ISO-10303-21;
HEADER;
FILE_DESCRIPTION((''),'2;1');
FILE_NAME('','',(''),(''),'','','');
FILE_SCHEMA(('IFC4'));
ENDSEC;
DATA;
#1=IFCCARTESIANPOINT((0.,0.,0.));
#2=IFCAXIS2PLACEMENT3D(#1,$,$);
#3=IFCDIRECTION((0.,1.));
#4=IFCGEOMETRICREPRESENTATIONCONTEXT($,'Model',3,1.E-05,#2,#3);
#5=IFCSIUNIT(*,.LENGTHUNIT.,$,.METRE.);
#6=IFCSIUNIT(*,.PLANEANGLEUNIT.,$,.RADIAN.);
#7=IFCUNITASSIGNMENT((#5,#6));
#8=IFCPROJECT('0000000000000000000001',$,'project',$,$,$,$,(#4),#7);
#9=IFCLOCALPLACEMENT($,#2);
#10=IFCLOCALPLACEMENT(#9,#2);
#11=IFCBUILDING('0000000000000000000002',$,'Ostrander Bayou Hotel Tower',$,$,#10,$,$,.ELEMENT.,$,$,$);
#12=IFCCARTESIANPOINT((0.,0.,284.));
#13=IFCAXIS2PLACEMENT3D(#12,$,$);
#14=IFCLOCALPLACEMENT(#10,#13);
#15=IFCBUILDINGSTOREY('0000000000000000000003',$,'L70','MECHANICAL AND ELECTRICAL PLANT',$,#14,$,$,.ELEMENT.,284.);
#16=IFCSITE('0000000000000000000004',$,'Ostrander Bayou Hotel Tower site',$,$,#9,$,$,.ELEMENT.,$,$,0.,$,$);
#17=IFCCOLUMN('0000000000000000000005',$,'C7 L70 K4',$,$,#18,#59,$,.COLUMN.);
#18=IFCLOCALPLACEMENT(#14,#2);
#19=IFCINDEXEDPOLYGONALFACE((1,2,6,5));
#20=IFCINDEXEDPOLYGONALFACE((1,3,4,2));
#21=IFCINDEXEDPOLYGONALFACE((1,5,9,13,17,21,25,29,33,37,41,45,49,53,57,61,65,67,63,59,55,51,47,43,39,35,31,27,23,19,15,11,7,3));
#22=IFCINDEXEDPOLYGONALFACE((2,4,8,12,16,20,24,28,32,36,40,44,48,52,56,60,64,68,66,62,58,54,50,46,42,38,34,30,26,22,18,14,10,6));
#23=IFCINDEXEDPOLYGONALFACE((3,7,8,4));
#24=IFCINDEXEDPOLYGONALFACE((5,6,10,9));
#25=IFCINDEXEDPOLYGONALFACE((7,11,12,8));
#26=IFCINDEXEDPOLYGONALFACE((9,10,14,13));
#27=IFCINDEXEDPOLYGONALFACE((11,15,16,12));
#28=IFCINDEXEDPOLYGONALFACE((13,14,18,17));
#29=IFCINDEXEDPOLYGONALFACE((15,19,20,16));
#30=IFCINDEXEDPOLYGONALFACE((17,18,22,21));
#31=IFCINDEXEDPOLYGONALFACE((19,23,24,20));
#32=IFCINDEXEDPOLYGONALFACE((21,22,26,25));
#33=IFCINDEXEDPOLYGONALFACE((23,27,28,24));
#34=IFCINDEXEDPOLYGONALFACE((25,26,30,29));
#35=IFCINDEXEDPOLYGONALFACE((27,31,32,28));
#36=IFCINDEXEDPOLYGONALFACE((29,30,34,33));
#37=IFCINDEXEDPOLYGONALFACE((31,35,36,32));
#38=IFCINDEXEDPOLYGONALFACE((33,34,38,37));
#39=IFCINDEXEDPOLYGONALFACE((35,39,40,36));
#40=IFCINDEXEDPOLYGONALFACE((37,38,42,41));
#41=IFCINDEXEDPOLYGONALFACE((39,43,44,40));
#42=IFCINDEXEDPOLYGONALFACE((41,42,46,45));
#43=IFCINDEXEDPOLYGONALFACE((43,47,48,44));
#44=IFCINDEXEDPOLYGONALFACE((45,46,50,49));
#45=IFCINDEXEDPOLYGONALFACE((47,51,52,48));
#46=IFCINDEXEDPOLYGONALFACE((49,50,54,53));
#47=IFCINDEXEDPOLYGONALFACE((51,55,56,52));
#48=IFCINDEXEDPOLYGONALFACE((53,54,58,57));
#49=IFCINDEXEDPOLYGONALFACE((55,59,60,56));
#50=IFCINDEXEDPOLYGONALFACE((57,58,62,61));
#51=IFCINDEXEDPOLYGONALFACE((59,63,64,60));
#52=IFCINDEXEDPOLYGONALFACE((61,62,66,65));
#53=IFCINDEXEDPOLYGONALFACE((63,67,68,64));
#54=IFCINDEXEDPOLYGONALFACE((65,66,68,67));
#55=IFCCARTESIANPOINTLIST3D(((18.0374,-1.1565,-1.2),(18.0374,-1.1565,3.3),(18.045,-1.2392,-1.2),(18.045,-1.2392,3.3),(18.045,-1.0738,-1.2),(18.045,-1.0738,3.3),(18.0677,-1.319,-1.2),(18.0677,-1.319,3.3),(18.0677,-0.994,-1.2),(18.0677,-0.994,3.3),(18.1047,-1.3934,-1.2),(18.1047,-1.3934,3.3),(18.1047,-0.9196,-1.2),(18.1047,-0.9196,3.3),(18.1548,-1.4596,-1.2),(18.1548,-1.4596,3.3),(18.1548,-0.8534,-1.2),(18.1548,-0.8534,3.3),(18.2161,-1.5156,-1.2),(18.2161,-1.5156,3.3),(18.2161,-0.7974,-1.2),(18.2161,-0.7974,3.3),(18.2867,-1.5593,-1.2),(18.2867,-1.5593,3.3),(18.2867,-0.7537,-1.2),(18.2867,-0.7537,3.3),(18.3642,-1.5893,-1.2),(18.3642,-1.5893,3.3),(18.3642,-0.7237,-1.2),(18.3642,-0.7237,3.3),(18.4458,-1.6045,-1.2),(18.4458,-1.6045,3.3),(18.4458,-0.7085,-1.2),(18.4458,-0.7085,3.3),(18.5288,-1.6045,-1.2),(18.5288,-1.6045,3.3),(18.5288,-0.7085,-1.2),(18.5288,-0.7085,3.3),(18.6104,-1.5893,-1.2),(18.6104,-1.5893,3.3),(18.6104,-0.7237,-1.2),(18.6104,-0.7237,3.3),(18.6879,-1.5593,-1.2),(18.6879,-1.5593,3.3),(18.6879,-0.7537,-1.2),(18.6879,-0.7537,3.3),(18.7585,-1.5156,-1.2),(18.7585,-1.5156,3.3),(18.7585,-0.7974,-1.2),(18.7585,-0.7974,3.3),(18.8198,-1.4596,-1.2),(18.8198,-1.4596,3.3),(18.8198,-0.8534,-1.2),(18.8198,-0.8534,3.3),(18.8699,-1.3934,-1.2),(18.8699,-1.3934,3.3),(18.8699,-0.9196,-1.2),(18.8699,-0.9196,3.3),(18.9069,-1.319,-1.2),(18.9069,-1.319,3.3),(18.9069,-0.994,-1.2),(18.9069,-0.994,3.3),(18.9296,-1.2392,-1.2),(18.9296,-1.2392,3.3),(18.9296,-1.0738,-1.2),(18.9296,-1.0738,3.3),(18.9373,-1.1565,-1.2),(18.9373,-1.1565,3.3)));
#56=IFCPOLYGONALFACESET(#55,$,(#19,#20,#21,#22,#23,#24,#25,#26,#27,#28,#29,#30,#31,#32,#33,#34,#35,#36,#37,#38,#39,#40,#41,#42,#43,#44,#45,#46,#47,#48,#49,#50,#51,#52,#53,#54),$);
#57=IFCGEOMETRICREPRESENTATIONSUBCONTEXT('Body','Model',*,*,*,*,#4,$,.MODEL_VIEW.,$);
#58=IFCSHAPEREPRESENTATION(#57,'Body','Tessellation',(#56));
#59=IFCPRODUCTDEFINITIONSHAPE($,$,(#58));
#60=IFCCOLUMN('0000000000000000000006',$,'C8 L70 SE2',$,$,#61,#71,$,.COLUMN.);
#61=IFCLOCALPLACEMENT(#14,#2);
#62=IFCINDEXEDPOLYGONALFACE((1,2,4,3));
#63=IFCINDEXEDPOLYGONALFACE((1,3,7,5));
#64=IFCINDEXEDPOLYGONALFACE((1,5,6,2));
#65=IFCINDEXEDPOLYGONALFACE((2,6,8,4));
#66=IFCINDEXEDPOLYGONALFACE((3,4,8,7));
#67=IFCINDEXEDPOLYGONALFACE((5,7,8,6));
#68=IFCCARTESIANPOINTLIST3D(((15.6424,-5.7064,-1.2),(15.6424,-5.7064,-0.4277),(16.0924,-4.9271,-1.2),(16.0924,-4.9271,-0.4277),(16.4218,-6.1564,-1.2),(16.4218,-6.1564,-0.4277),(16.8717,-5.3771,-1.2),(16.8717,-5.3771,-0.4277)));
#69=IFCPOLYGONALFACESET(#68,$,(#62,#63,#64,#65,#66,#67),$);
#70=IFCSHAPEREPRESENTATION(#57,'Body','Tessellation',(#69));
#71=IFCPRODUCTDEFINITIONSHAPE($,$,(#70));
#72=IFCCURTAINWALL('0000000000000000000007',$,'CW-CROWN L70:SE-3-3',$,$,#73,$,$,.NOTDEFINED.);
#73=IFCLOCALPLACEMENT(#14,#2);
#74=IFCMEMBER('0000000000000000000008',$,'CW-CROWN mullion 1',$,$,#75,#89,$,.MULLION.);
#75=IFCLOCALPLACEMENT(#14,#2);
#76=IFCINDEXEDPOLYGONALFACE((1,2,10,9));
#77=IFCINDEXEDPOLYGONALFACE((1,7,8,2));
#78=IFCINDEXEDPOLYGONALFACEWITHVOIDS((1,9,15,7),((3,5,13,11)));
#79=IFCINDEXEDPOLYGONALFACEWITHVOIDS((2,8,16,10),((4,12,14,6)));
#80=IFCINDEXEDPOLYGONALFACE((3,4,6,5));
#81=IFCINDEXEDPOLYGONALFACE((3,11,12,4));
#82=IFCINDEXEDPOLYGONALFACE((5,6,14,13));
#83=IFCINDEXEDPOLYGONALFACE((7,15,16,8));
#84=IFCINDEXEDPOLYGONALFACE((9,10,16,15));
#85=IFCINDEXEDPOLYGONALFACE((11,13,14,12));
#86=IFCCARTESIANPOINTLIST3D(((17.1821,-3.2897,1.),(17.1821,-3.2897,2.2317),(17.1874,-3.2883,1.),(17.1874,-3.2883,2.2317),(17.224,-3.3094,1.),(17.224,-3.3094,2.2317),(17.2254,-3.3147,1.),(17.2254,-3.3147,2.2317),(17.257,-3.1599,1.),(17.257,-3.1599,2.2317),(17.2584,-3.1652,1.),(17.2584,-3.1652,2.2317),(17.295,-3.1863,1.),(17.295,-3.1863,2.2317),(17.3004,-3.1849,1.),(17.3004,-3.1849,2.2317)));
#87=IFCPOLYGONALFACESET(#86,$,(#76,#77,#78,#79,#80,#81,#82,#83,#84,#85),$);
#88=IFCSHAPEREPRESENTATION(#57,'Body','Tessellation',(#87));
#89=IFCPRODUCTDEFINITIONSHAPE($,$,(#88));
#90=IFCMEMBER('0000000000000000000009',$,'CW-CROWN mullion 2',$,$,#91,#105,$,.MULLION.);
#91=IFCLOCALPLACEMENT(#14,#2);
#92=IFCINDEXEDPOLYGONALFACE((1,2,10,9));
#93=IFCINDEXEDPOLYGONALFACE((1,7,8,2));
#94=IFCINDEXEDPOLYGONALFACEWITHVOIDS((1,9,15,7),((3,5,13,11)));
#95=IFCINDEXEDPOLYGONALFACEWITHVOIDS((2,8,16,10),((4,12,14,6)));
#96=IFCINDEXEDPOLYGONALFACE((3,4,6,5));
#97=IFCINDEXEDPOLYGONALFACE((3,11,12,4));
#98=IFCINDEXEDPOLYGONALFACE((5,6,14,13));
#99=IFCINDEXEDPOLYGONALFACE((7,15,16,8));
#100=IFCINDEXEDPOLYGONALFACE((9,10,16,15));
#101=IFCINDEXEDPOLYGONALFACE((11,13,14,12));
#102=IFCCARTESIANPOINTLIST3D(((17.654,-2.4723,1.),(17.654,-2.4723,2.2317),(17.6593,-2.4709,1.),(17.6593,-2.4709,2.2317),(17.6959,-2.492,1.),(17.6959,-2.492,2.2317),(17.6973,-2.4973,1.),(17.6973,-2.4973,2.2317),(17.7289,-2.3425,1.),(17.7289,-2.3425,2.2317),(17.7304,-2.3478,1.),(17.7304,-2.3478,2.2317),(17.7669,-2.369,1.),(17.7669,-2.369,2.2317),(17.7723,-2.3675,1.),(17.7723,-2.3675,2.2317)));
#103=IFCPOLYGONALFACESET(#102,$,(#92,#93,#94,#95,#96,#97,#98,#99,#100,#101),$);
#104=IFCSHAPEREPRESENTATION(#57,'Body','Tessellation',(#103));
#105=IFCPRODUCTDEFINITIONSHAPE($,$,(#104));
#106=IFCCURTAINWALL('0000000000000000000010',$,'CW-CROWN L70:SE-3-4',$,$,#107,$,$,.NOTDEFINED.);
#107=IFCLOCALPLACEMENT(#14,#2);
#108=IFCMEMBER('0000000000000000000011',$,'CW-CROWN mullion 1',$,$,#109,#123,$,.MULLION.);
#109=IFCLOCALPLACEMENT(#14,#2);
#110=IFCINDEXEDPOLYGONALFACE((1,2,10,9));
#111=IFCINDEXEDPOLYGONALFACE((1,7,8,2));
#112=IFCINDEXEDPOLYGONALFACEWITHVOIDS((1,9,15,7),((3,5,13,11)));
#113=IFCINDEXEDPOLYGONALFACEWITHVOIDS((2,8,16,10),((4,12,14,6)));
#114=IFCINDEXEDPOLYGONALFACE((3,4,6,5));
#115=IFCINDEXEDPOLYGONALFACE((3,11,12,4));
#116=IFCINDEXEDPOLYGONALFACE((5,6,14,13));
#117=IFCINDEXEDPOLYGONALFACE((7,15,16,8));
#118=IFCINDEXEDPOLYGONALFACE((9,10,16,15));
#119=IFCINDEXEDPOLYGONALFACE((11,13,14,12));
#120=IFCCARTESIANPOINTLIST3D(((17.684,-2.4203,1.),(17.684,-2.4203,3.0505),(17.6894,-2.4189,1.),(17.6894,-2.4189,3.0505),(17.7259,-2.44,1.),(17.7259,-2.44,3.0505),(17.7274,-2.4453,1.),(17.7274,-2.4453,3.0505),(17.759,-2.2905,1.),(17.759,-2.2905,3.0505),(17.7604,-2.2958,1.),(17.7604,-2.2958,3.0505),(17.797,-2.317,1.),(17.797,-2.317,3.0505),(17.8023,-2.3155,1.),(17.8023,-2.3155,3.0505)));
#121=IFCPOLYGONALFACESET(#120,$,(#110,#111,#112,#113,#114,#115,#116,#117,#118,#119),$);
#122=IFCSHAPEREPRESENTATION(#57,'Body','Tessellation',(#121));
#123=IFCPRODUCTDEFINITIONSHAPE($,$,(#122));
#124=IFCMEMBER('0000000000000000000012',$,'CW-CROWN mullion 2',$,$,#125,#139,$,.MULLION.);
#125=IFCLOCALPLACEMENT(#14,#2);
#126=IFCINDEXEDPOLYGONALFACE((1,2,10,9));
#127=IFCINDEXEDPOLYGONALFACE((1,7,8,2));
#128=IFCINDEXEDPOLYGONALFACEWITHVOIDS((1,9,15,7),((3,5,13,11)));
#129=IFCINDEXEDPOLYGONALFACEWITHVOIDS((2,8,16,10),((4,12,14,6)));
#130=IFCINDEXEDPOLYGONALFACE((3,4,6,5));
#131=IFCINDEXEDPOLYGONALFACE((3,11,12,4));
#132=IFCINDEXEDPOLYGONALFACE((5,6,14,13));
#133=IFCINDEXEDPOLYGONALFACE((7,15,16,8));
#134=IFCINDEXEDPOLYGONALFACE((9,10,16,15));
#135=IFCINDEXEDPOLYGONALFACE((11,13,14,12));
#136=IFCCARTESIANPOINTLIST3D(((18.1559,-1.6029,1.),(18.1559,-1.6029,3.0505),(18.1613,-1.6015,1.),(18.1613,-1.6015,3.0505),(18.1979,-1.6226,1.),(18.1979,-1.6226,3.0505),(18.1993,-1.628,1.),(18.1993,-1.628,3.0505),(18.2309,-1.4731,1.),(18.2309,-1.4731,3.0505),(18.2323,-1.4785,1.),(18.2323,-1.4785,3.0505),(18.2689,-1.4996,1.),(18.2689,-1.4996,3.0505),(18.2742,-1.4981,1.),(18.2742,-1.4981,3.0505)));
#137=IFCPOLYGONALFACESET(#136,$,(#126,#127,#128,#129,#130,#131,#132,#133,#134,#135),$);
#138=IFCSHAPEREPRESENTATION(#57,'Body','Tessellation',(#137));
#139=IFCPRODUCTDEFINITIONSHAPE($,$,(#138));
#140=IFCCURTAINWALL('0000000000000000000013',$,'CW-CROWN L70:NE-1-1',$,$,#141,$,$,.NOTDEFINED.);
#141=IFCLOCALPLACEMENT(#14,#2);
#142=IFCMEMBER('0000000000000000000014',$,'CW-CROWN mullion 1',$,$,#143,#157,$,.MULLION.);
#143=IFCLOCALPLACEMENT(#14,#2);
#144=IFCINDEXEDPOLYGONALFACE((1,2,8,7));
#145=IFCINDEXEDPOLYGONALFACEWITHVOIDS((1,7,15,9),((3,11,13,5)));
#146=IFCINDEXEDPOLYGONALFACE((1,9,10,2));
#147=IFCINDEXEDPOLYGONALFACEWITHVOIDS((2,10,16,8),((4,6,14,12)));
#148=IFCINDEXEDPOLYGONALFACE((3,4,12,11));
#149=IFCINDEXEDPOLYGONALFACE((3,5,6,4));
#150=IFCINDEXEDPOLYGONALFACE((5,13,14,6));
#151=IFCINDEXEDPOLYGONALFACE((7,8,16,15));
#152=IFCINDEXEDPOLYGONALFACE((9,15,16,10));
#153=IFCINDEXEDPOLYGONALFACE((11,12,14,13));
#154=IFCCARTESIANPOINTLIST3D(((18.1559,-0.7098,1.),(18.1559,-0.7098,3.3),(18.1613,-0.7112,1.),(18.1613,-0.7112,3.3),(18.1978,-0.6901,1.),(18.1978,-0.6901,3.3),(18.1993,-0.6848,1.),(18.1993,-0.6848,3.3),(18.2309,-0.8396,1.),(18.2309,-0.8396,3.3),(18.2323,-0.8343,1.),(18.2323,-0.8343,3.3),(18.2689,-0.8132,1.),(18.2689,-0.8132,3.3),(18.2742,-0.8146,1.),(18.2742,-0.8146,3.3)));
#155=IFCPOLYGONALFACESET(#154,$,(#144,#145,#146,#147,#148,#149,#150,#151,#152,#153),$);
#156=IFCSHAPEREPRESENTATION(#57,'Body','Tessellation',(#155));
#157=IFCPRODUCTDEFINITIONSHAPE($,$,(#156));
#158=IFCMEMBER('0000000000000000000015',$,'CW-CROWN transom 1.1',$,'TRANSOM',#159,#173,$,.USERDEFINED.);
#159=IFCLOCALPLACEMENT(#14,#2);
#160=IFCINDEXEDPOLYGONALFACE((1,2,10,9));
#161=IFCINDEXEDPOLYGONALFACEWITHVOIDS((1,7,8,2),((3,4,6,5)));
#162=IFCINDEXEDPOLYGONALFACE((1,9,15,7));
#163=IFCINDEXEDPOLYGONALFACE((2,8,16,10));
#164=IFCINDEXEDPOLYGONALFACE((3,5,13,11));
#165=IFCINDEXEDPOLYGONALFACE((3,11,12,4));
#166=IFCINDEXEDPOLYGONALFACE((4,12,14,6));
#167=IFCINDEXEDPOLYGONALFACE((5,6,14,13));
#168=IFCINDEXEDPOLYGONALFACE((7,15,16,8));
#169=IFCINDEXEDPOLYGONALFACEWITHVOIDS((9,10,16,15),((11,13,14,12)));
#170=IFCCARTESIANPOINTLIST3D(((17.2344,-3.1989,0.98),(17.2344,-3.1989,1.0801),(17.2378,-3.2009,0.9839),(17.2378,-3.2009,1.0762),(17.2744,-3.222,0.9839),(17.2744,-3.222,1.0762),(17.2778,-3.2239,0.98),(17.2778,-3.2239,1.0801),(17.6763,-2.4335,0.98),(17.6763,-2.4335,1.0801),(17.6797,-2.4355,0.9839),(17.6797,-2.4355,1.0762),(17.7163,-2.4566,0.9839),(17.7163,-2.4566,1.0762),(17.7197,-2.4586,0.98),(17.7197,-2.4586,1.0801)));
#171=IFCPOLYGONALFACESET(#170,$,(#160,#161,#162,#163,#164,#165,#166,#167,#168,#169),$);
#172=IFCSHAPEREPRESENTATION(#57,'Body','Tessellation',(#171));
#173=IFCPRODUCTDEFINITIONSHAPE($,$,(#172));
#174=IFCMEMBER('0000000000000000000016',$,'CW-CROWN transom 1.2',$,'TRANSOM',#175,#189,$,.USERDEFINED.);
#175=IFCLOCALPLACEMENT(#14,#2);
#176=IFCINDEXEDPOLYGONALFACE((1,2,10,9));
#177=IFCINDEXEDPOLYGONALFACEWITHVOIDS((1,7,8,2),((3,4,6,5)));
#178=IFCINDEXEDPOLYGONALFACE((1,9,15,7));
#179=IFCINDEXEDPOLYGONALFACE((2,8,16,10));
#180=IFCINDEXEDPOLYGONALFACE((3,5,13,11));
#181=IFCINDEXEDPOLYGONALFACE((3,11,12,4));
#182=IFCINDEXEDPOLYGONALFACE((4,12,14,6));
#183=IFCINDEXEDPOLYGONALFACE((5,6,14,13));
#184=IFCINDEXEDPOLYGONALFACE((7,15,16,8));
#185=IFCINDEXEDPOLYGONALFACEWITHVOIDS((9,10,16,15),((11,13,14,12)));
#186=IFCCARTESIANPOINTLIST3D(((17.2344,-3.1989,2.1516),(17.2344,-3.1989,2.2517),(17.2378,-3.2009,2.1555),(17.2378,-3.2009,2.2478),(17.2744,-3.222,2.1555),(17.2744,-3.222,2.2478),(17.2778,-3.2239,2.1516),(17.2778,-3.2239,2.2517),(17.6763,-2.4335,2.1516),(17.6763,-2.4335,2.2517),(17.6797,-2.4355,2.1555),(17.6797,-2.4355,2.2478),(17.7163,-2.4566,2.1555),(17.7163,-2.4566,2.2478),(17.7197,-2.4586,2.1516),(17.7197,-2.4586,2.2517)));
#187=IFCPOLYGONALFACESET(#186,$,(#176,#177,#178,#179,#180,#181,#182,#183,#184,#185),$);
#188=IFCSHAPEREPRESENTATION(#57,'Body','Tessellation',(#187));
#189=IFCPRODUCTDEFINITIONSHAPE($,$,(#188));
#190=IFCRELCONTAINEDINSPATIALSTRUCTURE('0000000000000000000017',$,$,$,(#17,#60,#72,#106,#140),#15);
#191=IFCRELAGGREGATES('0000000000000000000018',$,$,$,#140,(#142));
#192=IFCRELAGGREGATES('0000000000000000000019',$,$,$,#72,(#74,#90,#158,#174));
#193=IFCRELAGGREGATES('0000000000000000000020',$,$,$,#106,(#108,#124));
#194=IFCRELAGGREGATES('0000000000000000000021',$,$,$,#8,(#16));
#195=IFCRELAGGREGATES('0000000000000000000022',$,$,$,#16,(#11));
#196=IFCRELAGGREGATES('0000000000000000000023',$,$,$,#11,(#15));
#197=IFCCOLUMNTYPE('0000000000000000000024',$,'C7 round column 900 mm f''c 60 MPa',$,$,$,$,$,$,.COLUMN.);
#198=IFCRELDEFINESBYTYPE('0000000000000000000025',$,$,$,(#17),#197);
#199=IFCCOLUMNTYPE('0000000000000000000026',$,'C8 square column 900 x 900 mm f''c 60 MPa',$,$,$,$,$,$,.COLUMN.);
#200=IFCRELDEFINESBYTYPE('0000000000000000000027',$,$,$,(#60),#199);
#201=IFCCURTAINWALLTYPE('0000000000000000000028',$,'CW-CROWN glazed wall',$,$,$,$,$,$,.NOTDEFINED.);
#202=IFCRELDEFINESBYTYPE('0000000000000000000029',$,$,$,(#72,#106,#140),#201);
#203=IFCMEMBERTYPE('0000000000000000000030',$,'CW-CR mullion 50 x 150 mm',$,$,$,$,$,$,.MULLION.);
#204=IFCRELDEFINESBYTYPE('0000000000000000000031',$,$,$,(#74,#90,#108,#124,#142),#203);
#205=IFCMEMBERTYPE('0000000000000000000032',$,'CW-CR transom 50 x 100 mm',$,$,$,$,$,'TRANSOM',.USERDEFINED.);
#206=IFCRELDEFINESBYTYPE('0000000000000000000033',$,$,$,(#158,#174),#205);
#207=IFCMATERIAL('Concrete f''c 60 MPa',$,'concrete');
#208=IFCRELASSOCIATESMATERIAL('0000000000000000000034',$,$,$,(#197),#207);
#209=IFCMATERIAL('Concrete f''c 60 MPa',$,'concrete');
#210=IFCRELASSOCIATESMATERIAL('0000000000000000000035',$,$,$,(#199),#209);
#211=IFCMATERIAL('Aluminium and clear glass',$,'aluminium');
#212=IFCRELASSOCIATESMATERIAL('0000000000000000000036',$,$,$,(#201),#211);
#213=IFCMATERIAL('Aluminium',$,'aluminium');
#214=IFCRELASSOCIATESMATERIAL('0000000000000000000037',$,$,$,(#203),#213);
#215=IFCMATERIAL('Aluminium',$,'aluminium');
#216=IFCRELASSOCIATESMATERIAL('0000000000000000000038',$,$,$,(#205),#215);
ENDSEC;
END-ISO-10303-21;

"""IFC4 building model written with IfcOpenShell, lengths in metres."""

from ifc_helpers import new_model, si_unit, direction, frame, origin, origin_2d, place, context, subcontext, project, spatial, rectangle, hollow_rectangle, circle, extrude, material, material_profile, profile_set, type_object, element, aggregate, save


model = new_model("IFC4")

# Units and contexts
model_context = context("Model", 3, precision=1e-05, world=origin(), true_north=direction((0.0, 1.0)))
body_context = subcontext(model_context, "Body", "Model", "MODEL_VIEW")
ifc_project = project(units=[si_unit("LENGTHUNIT", "METRE"), si_unit("PLANEANGLEUNIT", "RADIAN")], contexts=[model_context])

# Site, building, storey
site_placement = place(None, origin())
site = spatial("IfcSite", under=ifc_project, at=site_placement, Name="Ostrander Bayou Hotel Tower site", CompositionType="ELEMENT", RefElevation=0.0)
building_placement = place(site_placement, origin())
building = spatial("IfcBuilding", under=site, at=building_placement, Name="Ostrander Bayou Hotel Tower", CompositionType="ELEMENT")
storey_placement = place(building_placement, frame((0.0, 0.0, 284.0)))
storey = spatial("IfcBuildingStorey", under=building, at=storey_placement, Name="L70", Description="MECHANICAL AND ELECTRICAL PLANT", CompositionType="ELEMENT", Elevation=284.0)

# Columns
ifc_material_1 = material(Name="Concrete f'c 60 MPa", Category="concrete")
ifc_material_profile_1 = material_profile(ifc_material_1, circle(Radius=0.45, at=origin_2d()))
ifc_profile_set_1 = profile_set([ifc_material_profile_1], Name="Concrete f'c 60 MPa")
column_type_1 = type_object("IfcColumnType", Name="C7 round column 900 mm f'c 60 MPa", PredefinedType="COLUMN", material=ifc_profile_set_1)
column_1_placement = place(storey_placement, frame((18.4873, -1.1565, -1.2), z_axis=(0.0, 0.0, 1.0), x_axis=(1.0, 0.0, 0.0)))
element("IfcColumn", 1, at=column_1_placement, inside=storey, type_object=column_type_1, Name="C7 L70 K4", PredefinedType="COLUMN", context=body_context, shape_type="SweptSolid", body=[
    extrude(circle(Radius=0.45, at=origin_2d()), origin(), (0.0, 0.0, 1.0), 4.5),
])
ifc_material_2 = material(Name="Concrete f'c 60 MPa", Category="concrete")
ifc_material_profile_2 = material_profile(ifc_material_2, rectangle(XDim=0.8999, YDim=0.8999, at=origin_2d()))
ifc_profile_set_2 = profile_set([ifc_material_profile_2], Name="Concrete f'c 60 MPa")
column_type_2 = type_object("IfcColumnType", Name="C8 square column 900 x 900 mm f'c 60 MPa", PredefinedType="COLUMN", material=ifc_profile_set_2)
column_2_placement = place(storey_placement, frame((16.2571, -5.5417, -1.2), z_axis=(0.0, 0.0, 1.0), x_axis=(-0.5, -0.866025, 0.0)))
element("IfcColumn", 2, at=column_2_placement, inside=storey, type_object=column_type_2, Name="C8 L70 SE2", PredefinedType="COLUMN", context=body_context, shape_type="SweptSolid", body=[
    extrude(rectangle(XDim=0.8999, YDim=0.8999, at=origin_2d()), origin(), (0.0, 0.0, 1.0), 0.7722),
])

# Curtain walls, members
ifc_material_3 = material(Name="Aluminium and clear glass", Category="aluminium")
curtain_wall_type = type_object("IfcCurtainWallType", Name="CW-CROWN glazed wall", PredefinedType="NOTDEFINED", material=ifc_material_3)
curtain_wall_1_placement = place(storey_placement, origin())
curtain_wall_1 = element("IfcCurtainWall", 3, at=curtain_wall_1_placement, inside=storey, type_object=curtain_wall_type, Name="CW-CROWN L70:SE-3-3", PredefinedType="NOTDEFINED")
ifc_material_4 = material(Name="Aluminium", Category="aluminium")
ifc_material_profile_3 = material_profile(ifc_material_4, hollow_rectangle(XDim=0.05, YDim=0.1499, WallThickness=0.0039, at=origin_2d()))
ifc_profile_set_3 = profile_set([ifc_material_profile_3], Name="Aluminium")
member_type_1 = type_object("IfcMemberType", Name="CW-CR mullion 50 x 150 mm", PredefinedType="MULLION", material=ifc_profile_set_3)
member_1_placement = place(storey_placement, frame((17.2412, -3.2373, 1.0), z_axis=(0.0, 0.0, 1.0), x_axis=(-0.866021, 0.500007, 0.0)))
member_1 = element("IfcMember", 4, at=member_1_placement, type_object=member_type_1, Name="CW-CROWN mullion 1", PredefinedType="MULLION", context=body_context, shape_type="SweptSolid", body=[
    extrude(hollow_rectangle(XDim=0.05, YDim=0.1499, WallThickness=0.0039, at=origin_2d()), origin(), (0.0, 0.0, 1.0), 1.2317),
])
member_2_placement = place(storey_placement, frame((17.7131, -2.4199, 1.0), z_axis=(0.0, 0.0, 1.0), x_axis=(-0.866021, 0.500007, 0.0)))
member_2 = element("IfcMember", 5, at=member_2_placement, type_object=member_type_1, Name="CW-CROWN mullion 2", PredefinedType="MULLION", context=body_context, shape_type="SweptSolid", body=[
    extrude(hollow_rectangle(XDim=0.05, YDim=0.1499, WallThickness=0.0039, at=origin_2d()), origin(), (0.0, 0.0, 1.0), 1.2317),
])
curtain_wall_2_placement = place(storey_placement, origin())
curtain_wall_2 = element("IfcCurtainWall", 6, at=curtain_wall_2_placement, inside=storey, type_object=curtain_wall_type, Name="CW-CROWN L70:SE-3-4", PredefinedType="NOTDEFINED")
member_3_placement = place(storey_placement, frame((17.7432, -2.3679, 1.0), z_axis=(0.0, 0.0, 1.0), x_axis=(-0.866046, 0.499964, 0.0)))
member_3 = element("IfcMember", 7, at=member_3_placement, type_object=member_type_1, Name="CW-CROWN mullion 1", PredefinedType="MULLION", context=body_context, shape_type="SweptSolid", body=[
    extrude(hollow_rectangle(XDim=0.05, YDim=0.1499, WallThickness=0.0039, at=origin_2d()), origin(), (0.0, 0.0, 1.0), 2.0505),
])
member_4_placement = place(storey_placement, frame((18.2151, -1.5505, 1.0), z_axis=(0.0, 0.0, 1.0), x_axis=(-0.866046, 0.499964, 0.0)))
member_4 = element("IfcMember", 8, at=member_4_placement, type_object=member_type_1, Name="CW-CROWN mullion 2", PredefinedType="MULLION", context=body_context, shape_type="SweptSolid", body=[
    extrude(hollow_rectangle(XDim=0.05, YDim=0.1499, WallThickness=0.0039, at=origin_2d()), origin(), (0.0, 0.0, 1.0), 2.0505),
])

# Curtain wall, member
curtain_wall_3_placement = place(storey_placement, origin())
curtain_wall_3 = element("IfcCurtainWall", 9, at=curtain_wall_3_placement, inside=storey, type_object=curtain_wall_type, Name="CW-CROWN L70:NE-1-1", PredefinedType="NOTDEFINED")
member_5_placement = place(storey_placement, frame((18.2151, -0.7622, 1.0), z_axis=(0.0, 0.0, 1.0), x_axis=(-0.865976, -0.500085, 0.0)))
member_5 = element("IfcMember", 10, at=member_5_placement, type_object=member_type_1, Name="CW-CROWN mullion 1", PredefinedType="MULLION", context=body_context, shape_type="SweptSolid", body=[
    extrude(hollow_rectangle(XDim=0.05, YDim=0.1499, WallThickness=0.0039, at=origin_2d()), origin(), (0.0, 0.0, 1.0), 2.3),
])

# Members
ifc_material_5 = material(Name="Aluminium", Category="aluminium")
ifc_material_profile_4 = material_profile(ifc_material_5, hollow_rectangle(XDim=0.05, YDim=0.1001, WallThickness=0.0039, at=origin_2d()))
ifc_profile_set_4 = profile_set([ifc_material_profile_4], Name="Aluminium")
member_type_2 = type_object("IfcMemberType", Name="CW-CR transom 50 x 100 mm", ElementType="TRANSOM", PredefinedType="USERDEFINED", material=ifc_profile_set_4)
member_6_placement = place(storey_placement, frame((17.2561, -3.2114, 1.03), z_axis=(0.500001, 0.866025, 0.0), x_axis=(-0.866025, 0.500001, 0.0)))
member_6 = element("IfcMember", 11, at=member_6_placement, type_object=member_type_2, Name="CW-CROWN transom 1.1", ObjectType="TRANSOM", PredefinedType="USERDEFINED", context=body_context, shape_type="SweptSolid", body=[
    extrude(hollow_rectangle(XDim=0.05, YDim=0.1001, WallThickness=0.0039, at=origin_2d()), origin(), (0.0, 0.0, 1.0), 0.8838),
])
member_7_placement = place(storey_placement, frame((17.2561, -3.2114, 2.2017), z_axis=(0.500001, 0.866025, 0.0), x_axis=(-0.866025, 0.500001, 0.0)))
member_7 = element("IfcMember", 12, at=member_7_placement, type_object=member_type_2, Name="CW-CROWN transom 1.2", ObjectType="TRANSOM", PredefinedType="USERDEFINED", context=body_context, shape_type="SweptSolid", body=[
    extrude(hollow_rectangle(XDim=0.05, YDim=0.1001, WallThickness=0.0039, at=origin_2d()), origin(), (0.0, 0.0, 1.0), 0.8838),
])
aggregate(curtain_wall_3, [member_5])

aggregate(curtain_wall_1, [member_1, member_2, member_6, member_7])
aggregate(curtain_wall_2, [member_3, member_4])

save(model, "model.ifc")
